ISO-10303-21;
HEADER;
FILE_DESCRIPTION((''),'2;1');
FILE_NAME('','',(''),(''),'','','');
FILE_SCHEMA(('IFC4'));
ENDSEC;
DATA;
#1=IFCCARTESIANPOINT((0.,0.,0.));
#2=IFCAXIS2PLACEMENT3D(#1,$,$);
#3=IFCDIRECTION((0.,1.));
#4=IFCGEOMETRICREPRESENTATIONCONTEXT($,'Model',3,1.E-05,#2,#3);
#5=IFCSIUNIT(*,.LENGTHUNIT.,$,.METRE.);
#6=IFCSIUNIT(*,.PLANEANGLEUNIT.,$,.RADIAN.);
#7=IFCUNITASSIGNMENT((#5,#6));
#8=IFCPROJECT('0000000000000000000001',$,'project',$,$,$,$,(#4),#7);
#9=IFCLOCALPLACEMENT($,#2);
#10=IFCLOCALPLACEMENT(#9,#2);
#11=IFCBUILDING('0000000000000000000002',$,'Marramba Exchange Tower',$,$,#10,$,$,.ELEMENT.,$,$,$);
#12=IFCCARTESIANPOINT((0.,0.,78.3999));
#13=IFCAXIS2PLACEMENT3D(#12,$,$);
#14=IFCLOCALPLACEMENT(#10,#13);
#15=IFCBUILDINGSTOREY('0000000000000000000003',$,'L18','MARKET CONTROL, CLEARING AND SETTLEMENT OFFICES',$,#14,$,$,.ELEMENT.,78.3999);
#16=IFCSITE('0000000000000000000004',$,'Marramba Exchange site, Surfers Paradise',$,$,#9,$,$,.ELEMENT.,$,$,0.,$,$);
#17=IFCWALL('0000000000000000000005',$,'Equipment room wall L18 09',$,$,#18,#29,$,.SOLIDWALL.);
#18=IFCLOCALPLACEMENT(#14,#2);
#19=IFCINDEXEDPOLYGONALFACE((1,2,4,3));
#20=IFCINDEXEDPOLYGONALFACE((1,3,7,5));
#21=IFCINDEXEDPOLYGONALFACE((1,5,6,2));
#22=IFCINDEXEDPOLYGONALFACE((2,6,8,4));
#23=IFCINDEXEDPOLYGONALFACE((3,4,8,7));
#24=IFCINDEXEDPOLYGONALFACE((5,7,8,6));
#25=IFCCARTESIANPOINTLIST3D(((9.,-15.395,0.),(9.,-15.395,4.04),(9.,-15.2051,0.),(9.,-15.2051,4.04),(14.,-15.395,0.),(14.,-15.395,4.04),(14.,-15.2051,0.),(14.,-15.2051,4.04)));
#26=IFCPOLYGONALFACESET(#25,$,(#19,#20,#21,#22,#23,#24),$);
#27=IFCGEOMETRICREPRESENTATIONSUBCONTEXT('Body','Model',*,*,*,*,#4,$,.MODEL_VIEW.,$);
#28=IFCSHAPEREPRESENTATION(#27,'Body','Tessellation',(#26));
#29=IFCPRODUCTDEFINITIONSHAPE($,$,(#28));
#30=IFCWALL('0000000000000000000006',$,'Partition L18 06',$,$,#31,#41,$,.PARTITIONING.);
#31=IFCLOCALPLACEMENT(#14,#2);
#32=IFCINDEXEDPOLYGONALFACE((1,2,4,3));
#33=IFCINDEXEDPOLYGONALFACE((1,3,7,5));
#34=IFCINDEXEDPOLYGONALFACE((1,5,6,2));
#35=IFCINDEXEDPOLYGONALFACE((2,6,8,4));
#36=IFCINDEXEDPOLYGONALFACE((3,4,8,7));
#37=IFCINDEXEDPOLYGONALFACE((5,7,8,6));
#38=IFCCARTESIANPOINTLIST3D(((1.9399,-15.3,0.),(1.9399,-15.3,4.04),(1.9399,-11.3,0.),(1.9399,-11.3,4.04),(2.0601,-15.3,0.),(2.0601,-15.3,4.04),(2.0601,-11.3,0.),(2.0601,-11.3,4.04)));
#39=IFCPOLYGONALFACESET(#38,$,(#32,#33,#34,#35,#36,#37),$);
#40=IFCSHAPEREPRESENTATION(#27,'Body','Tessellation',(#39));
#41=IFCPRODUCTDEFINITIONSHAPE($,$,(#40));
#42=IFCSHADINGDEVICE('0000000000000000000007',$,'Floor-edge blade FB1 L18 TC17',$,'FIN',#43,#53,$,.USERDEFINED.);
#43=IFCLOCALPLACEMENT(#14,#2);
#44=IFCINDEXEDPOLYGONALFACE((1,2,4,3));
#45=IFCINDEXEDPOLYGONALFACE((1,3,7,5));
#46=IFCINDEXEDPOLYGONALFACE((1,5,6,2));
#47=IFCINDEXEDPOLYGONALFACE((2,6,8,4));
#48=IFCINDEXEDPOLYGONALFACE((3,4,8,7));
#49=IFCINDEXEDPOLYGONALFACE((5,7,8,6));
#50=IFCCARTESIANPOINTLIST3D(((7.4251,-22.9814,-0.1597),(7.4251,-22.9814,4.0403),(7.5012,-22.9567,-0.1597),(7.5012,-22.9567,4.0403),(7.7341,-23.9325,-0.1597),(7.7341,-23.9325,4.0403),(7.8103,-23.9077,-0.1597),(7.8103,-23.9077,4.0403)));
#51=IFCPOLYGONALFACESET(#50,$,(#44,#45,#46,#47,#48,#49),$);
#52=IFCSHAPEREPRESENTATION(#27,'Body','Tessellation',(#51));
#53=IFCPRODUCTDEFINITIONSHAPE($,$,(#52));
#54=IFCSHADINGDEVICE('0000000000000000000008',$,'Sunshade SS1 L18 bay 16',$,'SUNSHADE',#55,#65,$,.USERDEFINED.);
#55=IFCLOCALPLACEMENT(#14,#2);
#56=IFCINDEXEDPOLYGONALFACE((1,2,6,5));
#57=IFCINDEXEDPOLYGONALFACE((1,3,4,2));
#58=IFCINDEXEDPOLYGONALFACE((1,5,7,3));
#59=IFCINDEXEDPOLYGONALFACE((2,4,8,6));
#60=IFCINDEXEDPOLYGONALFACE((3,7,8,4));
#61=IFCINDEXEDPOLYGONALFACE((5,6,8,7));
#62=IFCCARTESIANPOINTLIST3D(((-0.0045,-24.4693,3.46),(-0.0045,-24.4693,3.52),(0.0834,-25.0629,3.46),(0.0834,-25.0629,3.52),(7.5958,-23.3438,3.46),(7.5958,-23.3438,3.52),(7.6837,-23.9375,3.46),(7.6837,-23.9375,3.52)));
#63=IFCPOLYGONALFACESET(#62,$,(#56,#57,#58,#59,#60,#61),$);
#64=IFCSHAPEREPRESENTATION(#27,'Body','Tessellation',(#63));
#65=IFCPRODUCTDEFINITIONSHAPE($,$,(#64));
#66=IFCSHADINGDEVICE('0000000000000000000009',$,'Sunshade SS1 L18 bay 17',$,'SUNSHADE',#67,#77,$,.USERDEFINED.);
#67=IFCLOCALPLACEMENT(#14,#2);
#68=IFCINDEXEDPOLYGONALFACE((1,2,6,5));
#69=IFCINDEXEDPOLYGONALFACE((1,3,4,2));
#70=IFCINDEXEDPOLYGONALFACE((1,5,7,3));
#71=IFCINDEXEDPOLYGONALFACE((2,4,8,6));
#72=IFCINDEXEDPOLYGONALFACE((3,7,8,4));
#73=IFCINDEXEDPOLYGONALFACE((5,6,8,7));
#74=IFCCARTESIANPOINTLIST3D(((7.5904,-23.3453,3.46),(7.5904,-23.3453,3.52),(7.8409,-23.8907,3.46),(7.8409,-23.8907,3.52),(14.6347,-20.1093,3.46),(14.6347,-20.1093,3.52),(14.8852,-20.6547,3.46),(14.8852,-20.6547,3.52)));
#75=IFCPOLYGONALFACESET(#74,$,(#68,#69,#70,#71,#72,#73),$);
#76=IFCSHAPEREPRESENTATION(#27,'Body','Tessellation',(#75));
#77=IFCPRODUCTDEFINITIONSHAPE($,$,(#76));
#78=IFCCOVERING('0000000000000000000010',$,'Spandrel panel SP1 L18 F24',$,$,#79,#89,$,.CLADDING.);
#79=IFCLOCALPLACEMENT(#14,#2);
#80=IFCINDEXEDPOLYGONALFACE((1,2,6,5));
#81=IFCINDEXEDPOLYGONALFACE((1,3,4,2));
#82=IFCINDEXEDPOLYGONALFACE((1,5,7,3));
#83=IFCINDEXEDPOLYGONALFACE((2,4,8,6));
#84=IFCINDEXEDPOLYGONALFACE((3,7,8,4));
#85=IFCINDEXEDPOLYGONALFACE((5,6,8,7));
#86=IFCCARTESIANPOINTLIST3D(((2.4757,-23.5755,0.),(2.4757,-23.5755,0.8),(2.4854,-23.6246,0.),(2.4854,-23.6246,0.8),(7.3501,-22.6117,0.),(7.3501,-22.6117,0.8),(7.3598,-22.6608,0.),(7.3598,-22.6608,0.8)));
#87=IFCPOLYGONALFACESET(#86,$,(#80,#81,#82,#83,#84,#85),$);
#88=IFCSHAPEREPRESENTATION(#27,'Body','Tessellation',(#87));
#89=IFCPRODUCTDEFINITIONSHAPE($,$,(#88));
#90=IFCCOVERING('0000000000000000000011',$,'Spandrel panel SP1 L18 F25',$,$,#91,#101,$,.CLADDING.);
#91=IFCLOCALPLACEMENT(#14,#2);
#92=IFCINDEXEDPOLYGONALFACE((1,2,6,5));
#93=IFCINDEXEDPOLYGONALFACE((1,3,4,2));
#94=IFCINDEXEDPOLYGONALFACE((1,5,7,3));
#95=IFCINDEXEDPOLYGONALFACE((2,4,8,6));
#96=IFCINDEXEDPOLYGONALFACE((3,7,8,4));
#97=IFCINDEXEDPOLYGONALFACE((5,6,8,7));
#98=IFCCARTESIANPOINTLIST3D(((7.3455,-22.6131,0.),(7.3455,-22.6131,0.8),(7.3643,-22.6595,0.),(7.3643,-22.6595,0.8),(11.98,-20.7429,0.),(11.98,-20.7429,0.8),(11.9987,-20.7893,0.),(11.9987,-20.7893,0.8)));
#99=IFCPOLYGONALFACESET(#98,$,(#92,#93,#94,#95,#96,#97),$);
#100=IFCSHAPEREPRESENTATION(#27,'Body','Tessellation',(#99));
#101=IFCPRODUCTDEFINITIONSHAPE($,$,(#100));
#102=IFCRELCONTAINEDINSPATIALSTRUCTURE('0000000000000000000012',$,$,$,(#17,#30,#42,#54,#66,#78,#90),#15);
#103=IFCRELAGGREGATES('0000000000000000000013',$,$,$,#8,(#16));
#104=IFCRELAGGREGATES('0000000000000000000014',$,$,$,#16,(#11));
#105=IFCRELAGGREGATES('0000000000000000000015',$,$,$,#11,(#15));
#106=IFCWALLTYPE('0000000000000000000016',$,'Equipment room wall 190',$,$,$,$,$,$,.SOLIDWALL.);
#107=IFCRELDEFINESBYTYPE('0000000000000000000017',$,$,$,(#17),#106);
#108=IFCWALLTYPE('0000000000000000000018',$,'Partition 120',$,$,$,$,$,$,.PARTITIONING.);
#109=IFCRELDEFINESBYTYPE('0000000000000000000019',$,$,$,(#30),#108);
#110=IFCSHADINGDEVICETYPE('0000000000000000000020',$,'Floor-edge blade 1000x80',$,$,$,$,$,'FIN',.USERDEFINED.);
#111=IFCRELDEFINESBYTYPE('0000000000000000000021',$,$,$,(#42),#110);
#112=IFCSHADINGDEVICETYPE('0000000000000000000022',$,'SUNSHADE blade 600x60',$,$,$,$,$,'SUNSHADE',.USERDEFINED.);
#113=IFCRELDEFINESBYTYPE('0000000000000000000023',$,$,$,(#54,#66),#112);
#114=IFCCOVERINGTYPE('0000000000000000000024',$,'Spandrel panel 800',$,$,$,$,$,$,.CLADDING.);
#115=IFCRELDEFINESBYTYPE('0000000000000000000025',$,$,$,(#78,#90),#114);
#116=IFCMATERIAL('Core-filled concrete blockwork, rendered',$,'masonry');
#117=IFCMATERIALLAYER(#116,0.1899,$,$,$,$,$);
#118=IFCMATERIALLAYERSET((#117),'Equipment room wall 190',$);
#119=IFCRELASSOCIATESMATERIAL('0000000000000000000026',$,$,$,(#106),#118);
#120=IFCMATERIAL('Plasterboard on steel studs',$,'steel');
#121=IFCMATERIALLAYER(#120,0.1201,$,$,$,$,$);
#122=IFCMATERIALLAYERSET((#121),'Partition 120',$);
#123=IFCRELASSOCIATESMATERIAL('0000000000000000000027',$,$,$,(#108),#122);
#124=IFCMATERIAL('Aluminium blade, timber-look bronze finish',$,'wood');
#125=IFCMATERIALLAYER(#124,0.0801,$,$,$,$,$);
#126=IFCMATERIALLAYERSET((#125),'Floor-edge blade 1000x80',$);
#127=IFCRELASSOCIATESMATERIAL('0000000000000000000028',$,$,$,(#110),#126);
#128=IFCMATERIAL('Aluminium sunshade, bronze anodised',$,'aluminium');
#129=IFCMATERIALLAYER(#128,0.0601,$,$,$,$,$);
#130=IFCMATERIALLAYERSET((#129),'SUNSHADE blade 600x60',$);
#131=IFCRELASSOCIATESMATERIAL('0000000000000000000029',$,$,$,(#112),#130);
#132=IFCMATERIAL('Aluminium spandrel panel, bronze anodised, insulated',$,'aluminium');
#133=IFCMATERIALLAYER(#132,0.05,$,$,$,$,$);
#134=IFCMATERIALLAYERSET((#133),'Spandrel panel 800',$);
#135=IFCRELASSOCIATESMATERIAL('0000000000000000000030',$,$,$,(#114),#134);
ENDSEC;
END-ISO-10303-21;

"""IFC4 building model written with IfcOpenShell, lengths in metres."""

from ifc_helpers import new_model, si_unit, direction, frame, frame_2d, origin, origin_2d, place, context, subcontext, project, spatial, rectangle, extrude, material, layer, layer_set, type_object, element, save


model = new_model("IFC4")

# Units and contexts
model_context = context("Model", 3, precision=1e-05, world=origin(), true_north=direction((0.0, 1.0)))
body_context = subcontext(model_context, "Body", "Model", "MODEL_VIEW")
ifc_project = project(units=[si_unit("LENGTHUNIT", "METRE"), si_unit("PLANEANGLEUNIT", "RADIAN")], contexts=[model_context])

# Site, building, storey
site_placement = place(None, origin())
site = spatial("IfcSite", under=ifc_project, at=site_placement, Name="Marramba Exchange site, Surfers Paradise", CompositionType="ELEMENT", RefElevation=0.0)
building_placement = place(site_placement, origin())
building = spatial("IfcBuilding", under=site, at=building_placement, Name="Marramba Exchange Tower", CompositionType="ELEMENT")
storey_placement = place(building_placement, frame((0.0, 0.0, 78.3999)))
storey = spatial("IfcBuildingStorey", under=building, at=storey_placement, Name="L18", Description="MARKET CONTROL, CLEARING AND SETTLEMENT OFFICES", CompositionType="ELEMENT", Elevation=78.3999)

# Walls
ifc_material_1 = material(Name="Core-filled concrete blockwork, rendered", Category="masonry")
ifc_layer_1 = layer(ifc_material_1, 0.1899)
ifc_layer_set_1 = layer_set([ifc_layer_1], Name="Equipment room wall 190")
wall_type_1 = type_object("IfcWallType", Name="Equipment room wall 190", PredefinedType="SOLIDWALL", material=ifc_layer_set_1)
wall_1_placement = place(storey_placement, frame((9.0, -15.3, 0.0), z_axis=(0.0, 0.0, 1.0), x_axis=(1.0, 0.0, 0.0)))
element("IfcWall", 1, at=wall_1_placement, inside=storey, type_object=wall_type_1, Name="Equipment room wall L18 09", PredefinedType="SOLIDWALL", context=body_context, shape_type="SweptSolid", body=[
    extrude(rectangle(XDim=5.0, YDim=0.1899, at=frame_2d((2.5, 0.0))), origin(), (0.0, 0.0, 1.0), 4.04),
])
ifc_material_2 = material(Name="Plasterboard on steel studs", Category="steel")
ifc_layer_2 = layer(ifc_material_2, 0.1201)
ifc_layer_set_2 = layer_set([ifc_layer_2], Name="Partition 120")
wall_type_2 = type_object("IfcWallType", Name="Partition 120", PredefinedType="PARTITIONING", material=ifc_layer_set_2)
wall_2_placement = place(storey_placement, frame((2.0, -15.3, 0.0), z_axis=(0.0, 0.0, 1.0), x_axis=(0.0, 1.0, 0.0)))
element("IfcWall", 2, at=wall_2_placement, inside=storey, type_object=wall_type_2, Name="Partition L18 06", PredefinedType="PARTITIONING", context=body_context, shape_type="SweptSolid", body=[
    extrude(rectangle(XDim=4.0, YDim=0.1201, at=frame_2d((2.0, 0.0))), origin(), (0.0, 0.0, 1.0), 4.04),
])

# Shading devices
ifc_material_3 = material(Name="Aluminium blade, timber-look bronze finish", Category="wood")
ifc_layer_3 = layer(ifc_material_3, 0.0801)
ifc_layer_set_3 = layer_set([ifc_layer_3], Name="Floor-edge blade 1000x80")
shading_device_type_1 = type_object("IfcShadingDeviceType", Name="Floor-edge blade 1000x80", ElementType="FIN", PredefinedType="USERDEFINED", material=ifc_layer_set_3)
shading_device_1_placement = place(storey_placement, frame((7.6177, -23.4446, -0.1597), z_axis=(0.0, 0.0, 1.0), x_axis=(0.309017, -0.951057, 0.0)))
element("IfcShadingDevice", 3, at=shading_device_1_placement, inside=storey, type_object=shading_device_type_1, Name="Floor-edge blade FB1 L18 TC17", ObjectType="FIN", PredefinedType="USERDEFINED", context=body_context, shape_type="SweptSolid", body=[
    extrude(rectangle(XDim=1.0, YDim=0.0801, at=origin_2d()), origin(), (0.0, 0.0, 1.0), 4.2),
])
ifc_material_4 = material(Name="Aluminium sunshade, bronze anodised", Category="aluminium")
ifc_layer_4 = layer(ifc_material_4, 0.0601)
ifc_layer_set_4 = layer_set([ifc_layer_4], Name="SUNSHADE blade 600x60")
shading_device_type_2 = type_object("IfcShadingDeviceType", Name="SUNSHADE blade 600x60", ElementType="SUNSHADE", PredefinedType="USERDEFINED", material=ifc_layer_set_4)
shading_device_2_placement = place(storey_placement, frame((3.8396, -24.2034, 3.46), z_axis=(0.0, 0.0, 1.0), x_axis=(0.989213, 0.146485, 0.0)))
element("IfcShadingDevice", 4, at=shading_device_2_placement, inside=storey, type_object=shading_device_type_2, Name="Sunshade SS1 L18 bay 16", ObjectType="SUNSHADE", PredefinedType="USERDEFINED", context=body_context, shape_type="SweptSolid", body=[
    extrude(rectangle(XDim=7.6831, YDim=0.6001, at=origin_2d()), origin(), (0.0, 0.0, 1.0), 0.0601),
])
shading_device_3_placement = place(storey_placement, frame((11.2378, -22.0, 3.46), z_axis=(0.0, 0.0, 1.0), x_axis=(0.908704, 0.417442, 0.0)))
element("IfcShadingDevice", 5, at=shading_device_3_placement, inside=storey, type_object=shading_device_type_2, Name="Sunshade SS1 L18 bay 17", ObjectType="SUNSHADE", PredefinedType="USERDEFINED", context=body_context, shape_type="SweptSolid", body=[
    extrude(rectangle(XDim=7.752, YDim=0.6001, at=origin_2d()), origin(), (0.0, 0.0, 1.0), 0.0601),
])

# Coverings
ifc_material_5 = material(Name="Aluminium spandrel panel, bronze anodised, insulated", Category="aluminium")
ifc_layer_5 = layer(ifc_material_5, 0.05)
ifc_layer_set_5 = layer_set([ifc_layer_5], Name="Spandrel panel 800")
covering_type = type_object("IfcCoveringType", Name="Spandrel panel 800", PredefinedType="CLADDING", material=ifc_layer_set_5)
covering_1_placement = place(storey_placement, frame((4.9177, -23.1182, 0.0), z_axis=(0.0, 0.0, 1.0), x_axis=(0.981009, 0.193961, 0.0)))
element("IfcCovering", 6, at=covering_1_placement, inside=storey, type_object=covering_type, Name="Spandrel panel SP1 L18 F24", PredefinedType="CLADDING", context=body_context, shape_type="SweptSolid", body=[
    extrude(rectangle(XDim=4.9688, YDim=0.05, at=origin_2d()), origin(), (0.0, 0.0, 1.0), 0.8),
])
covering_2_placement = place(storey_placement, frame((9.6721, -21.7012, 0.0), z_axis=(0.0, 0.0, 1.0), x_axis=(0.927341, 0.374218, 0.0)))
element("IfcCovering", 7, at=covering_2_placement, inside=storey, type_object=covering_type, Name="Spandrel panel SP1 L18 F25", PredefinedType="CLADDING", context=body_context, shape_type="SweptSolid", body=[
    extrude(rectangle(XDim=4.9976, YDim=0.05, at=origin_2d()), origin(), (0.0, 0.0, 1.0), 0.8),
])

save(model, "model.ifc")
